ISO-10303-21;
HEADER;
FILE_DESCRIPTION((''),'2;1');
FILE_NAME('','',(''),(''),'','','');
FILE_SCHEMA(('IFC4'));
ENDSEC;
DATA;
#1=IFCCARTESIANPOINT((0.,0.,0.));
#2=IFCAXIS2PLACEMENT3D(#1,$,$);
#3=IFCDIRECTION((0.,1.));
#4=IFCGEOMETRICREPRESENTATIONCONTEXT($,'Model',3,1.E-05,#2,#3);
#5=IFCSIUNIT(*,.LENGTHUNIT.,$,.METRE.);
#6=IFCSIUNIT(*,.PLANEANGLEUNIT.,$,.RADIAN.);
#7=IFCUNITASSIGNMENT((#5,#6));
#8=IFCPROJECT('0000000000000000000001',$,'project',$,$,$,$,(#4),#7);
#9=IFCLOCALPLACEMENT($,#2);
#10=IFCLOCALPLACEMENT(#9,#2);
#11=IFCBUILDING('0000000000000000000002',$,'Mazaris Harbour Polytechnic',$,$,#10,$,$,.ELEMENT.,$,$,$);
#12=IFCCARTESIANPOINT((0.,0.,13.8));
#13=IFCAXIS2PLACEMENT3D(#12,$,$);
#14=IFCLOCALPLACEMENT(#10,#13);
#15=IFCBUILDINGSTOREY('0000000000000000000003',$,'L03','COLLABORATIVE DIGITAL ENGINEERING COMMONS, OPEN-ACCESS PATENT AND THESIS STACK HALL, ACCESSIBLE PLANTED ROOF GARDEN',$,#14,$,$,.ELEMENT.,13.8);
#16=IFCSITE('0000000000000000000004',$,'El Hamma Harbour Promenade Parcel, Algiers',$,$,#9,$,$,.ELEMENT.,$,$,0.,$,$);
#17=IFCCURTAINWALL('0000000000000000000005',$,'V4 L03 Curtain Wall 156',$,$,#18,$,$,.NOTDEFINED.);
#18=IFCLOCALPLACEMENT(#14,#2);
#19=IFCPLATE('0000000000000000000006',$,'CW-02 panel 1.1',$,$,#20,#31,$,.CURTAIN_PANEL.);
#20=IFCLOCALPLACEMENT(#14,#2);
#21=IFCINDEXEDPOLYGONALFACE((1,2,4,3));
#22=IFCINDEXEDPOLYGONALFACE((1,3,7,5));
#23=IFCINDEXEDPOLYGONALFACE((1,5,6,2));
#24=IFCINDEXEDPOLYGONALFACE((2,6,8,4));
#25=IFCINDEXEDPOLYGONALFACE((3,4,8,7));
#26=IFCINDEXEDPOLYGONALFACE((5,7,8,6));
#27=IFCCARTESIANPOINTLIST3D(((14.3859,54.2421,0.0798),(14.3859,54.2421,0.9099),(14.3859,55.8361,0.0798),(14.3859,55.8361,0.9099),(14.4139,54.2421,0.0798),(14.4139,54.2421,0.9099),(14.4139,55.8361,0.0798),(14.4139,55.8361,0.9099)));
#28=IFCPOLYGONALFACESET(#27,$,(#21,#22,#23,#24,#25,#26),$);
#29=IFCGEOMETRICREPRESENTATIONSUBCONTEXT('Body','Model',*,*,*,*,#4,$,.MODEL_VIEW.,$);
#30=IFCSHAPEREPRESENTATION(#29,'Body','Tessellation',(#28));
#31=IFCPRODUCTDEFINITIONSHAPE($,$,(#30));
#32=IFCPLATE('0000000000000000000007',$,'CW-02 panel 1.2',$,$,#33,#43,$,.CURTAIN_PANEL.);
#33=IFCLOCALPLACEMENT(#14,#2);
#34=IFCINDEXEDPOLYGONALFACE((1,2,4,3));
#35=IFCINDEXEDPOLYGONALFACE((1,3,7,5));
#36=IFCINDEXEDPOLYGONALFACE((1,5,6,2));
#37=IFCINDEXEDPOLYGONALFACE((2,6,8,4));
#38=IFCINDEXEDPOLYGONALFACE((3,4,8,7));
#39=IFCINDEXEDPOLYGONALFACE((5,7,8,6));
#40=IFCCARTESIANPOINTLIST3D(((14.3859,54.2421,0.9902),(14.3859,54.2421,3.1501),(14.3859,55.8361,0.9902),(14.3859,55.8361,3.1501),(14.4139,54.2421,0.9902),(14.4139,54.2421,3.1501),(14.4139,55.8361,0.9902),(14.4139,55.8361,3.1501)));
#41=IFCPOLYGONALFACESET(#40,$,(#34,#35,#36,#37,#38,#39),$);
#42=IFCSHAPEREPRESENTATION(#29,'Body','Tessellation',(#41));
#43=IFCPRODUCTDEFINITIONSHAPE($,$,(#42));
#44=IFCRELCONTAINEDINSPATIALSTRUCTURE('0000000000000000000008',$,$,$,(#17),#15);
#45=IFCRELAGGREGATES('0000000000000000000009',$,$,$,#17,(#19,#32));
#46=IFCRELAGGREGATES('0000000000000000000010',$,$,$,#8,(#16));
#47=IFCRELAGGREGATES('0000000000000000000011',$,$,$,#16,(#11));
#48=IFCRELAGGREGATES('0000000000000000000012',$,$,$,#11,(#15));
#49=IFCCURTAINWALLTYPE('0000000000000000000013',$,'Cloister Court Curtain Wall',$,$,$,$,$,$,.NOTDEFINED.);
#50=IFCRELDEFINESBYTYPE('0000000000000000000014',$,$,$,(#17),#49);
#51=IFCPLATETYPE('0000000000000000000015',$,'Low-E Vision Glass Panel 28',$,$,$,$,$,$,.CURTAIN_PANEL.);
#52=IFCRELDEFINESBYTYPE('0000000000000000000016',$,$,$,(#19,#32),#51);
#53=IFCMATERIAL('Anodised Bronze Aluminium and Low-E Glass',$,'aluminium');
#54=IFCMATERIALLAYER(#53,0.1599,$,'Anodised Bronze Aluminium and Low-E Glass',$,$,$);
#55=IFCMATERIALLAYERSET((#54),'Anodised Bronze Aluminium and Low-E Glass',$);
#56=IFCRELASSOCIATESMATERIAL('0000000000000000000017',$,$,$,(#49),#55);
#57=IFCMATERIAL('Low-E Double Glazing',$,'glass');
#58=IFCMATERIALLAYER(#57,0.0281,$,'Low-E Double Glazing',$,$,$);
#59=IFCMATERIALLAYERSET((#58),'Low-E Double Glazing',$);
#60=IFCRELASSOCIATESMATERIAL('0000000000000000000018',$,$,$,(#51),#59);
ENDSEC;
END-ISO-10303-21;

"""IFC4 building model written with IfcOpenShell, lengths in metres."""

from ifc_helpers import new_model, si_unit, direction, frame, origin, origin_2d, place, context, subcontext, project, spatial, rectangle, extrude, material, layer, layer_set, type_object, element, aggregate, save


model = new_model("IFC4")

# Units and contexts
model_context = context("Model", 3, precision=1e-05, world=origin(), true_north=direction((0.0, 1.0)))
body_context = subcontext(model_context, "Body", "Model", "MODEL_VIEW")
ifc_project = project(units=[si_unit("LENGTHUNIT", "METRE"), si_unit("PLANEANGLEUNIT", "RADIAN")], contexts=[model_context])

# Site, building, storey
site_placement = place(None, origin())
site = spatial("IfcSite", under=ifc_project, at=site_placement, Name="El Hamma Harbour Promenade Parcel, Algiers", CompositionType="ELEMENT", RefElevation=0.0)
building_placement = place(site_placement, origin())
building = spatial("IfcBuilding", under=site, at=building_placement, Name="Mazaris Harbour Polytechnic", CompositionType="ELEMENT")
storey_placement = place(building_placement, frame((0.0, 0.0, 13.8)))
storey = spatial("IfcBuildingStorey", under=building, at=storey_placement, Name="L03", Description="COLLABORATIVE DIGITAL ENGINEERING COMMONS, OPEN-ACCESS PATENT AND THESIS STACK HALL, ACCESSIBLE PLANTED ROOF GARDEN", CompositionType="ELEMENT", Elevation=13.8)

# Curtain wall
ifc_material_1 = material(Name="Anodised Bronze Aluminium and Low-E Glass", Category="aluminium")
ifc_layer_1 = layer(ifc_material_1, 0.1599, Name="Anodised Bronze Aluminium and Low-E Glass")
ifc_layer_set_1 = layer_set([ifc_layer_1], Name="Anodised Bronze Aluminium and Low-E Glass")
curtain_wall_type = type_object("IfcCurtainWallType", Name="Cloister Court Curtain Wall", PredefinedType="NOTDEFINED", material=ifc_layer_set_1)
curtain_wall_1_placement = place(storey_placement, origin())
curtain_wall_1 = element("IfcCurtainWall", 1, at=curtain_wall_1_placement, inside=storey, type_object=curtain_wall_type, Name="V4 L03 Curtain Wall 156", PredefinedType="NOTDEFINED")

# Plates
ifc_material_2 = material(Name="Low-E Double Glazing", Category="glass")
ifc_layer_2 = layer(ifc_material_2, 0.0281, Name="Low-E Double Glazing")
ifc_layer_set_2 = layer_set([ifc_layer_2], Name="Low-E Double Glazing")
plate_type = type_object("IfcPlateType", Name="Low-E Vision Glass Panel 28", PredefinedType="CURTAIN_PANEL", material=ifc_layer_set_2)
plate_1_placement = place(storey_placement, frame((14.3999, 55.0391, 0.0798), z_axis=(0.0, 0.0, 1.0), x_axis=(0.0, 1.0, 0.0)))
plate_1 = element("IfcPlate", 2, at=plate_1_placement, type_object=plate_type, Name="CW-02 panel 1.1", PredefinedType="CURTAIN_PANEL", context=body_context, shape_type="SweptSolid", body=[
    extrude(rectangle(XDim=1.594, YDim=0.0281, at=origin_2d()), origin(), (0.0, 0.0, 1.0), 0.8301),
])
plate_2_placement = place(storey_placement, frame((14.3999, 55.0391, 0.9902), z_axis=(0.0, 0.0, 1.0), x_axis=(0.0, 1.0, 0.0)))
plate_2 = element("IfcPlate", 3, at=plate_2_placement, type_object=plate_type, Name="CW-02 panel 1.2", PredefinedType="CURTAIN_PANEL", context=body_context, shape_type="SweptSolid", body=[
    extrude(rectangle(XDim=1.594, YDim=0.0281, at=origin_2d()), origin(), (0.0, 0.0, 1.0), 2.1599),
])
aggregate(curtain_wall_1, [plate_1, plate_2])

save(model, "model.ifc")
